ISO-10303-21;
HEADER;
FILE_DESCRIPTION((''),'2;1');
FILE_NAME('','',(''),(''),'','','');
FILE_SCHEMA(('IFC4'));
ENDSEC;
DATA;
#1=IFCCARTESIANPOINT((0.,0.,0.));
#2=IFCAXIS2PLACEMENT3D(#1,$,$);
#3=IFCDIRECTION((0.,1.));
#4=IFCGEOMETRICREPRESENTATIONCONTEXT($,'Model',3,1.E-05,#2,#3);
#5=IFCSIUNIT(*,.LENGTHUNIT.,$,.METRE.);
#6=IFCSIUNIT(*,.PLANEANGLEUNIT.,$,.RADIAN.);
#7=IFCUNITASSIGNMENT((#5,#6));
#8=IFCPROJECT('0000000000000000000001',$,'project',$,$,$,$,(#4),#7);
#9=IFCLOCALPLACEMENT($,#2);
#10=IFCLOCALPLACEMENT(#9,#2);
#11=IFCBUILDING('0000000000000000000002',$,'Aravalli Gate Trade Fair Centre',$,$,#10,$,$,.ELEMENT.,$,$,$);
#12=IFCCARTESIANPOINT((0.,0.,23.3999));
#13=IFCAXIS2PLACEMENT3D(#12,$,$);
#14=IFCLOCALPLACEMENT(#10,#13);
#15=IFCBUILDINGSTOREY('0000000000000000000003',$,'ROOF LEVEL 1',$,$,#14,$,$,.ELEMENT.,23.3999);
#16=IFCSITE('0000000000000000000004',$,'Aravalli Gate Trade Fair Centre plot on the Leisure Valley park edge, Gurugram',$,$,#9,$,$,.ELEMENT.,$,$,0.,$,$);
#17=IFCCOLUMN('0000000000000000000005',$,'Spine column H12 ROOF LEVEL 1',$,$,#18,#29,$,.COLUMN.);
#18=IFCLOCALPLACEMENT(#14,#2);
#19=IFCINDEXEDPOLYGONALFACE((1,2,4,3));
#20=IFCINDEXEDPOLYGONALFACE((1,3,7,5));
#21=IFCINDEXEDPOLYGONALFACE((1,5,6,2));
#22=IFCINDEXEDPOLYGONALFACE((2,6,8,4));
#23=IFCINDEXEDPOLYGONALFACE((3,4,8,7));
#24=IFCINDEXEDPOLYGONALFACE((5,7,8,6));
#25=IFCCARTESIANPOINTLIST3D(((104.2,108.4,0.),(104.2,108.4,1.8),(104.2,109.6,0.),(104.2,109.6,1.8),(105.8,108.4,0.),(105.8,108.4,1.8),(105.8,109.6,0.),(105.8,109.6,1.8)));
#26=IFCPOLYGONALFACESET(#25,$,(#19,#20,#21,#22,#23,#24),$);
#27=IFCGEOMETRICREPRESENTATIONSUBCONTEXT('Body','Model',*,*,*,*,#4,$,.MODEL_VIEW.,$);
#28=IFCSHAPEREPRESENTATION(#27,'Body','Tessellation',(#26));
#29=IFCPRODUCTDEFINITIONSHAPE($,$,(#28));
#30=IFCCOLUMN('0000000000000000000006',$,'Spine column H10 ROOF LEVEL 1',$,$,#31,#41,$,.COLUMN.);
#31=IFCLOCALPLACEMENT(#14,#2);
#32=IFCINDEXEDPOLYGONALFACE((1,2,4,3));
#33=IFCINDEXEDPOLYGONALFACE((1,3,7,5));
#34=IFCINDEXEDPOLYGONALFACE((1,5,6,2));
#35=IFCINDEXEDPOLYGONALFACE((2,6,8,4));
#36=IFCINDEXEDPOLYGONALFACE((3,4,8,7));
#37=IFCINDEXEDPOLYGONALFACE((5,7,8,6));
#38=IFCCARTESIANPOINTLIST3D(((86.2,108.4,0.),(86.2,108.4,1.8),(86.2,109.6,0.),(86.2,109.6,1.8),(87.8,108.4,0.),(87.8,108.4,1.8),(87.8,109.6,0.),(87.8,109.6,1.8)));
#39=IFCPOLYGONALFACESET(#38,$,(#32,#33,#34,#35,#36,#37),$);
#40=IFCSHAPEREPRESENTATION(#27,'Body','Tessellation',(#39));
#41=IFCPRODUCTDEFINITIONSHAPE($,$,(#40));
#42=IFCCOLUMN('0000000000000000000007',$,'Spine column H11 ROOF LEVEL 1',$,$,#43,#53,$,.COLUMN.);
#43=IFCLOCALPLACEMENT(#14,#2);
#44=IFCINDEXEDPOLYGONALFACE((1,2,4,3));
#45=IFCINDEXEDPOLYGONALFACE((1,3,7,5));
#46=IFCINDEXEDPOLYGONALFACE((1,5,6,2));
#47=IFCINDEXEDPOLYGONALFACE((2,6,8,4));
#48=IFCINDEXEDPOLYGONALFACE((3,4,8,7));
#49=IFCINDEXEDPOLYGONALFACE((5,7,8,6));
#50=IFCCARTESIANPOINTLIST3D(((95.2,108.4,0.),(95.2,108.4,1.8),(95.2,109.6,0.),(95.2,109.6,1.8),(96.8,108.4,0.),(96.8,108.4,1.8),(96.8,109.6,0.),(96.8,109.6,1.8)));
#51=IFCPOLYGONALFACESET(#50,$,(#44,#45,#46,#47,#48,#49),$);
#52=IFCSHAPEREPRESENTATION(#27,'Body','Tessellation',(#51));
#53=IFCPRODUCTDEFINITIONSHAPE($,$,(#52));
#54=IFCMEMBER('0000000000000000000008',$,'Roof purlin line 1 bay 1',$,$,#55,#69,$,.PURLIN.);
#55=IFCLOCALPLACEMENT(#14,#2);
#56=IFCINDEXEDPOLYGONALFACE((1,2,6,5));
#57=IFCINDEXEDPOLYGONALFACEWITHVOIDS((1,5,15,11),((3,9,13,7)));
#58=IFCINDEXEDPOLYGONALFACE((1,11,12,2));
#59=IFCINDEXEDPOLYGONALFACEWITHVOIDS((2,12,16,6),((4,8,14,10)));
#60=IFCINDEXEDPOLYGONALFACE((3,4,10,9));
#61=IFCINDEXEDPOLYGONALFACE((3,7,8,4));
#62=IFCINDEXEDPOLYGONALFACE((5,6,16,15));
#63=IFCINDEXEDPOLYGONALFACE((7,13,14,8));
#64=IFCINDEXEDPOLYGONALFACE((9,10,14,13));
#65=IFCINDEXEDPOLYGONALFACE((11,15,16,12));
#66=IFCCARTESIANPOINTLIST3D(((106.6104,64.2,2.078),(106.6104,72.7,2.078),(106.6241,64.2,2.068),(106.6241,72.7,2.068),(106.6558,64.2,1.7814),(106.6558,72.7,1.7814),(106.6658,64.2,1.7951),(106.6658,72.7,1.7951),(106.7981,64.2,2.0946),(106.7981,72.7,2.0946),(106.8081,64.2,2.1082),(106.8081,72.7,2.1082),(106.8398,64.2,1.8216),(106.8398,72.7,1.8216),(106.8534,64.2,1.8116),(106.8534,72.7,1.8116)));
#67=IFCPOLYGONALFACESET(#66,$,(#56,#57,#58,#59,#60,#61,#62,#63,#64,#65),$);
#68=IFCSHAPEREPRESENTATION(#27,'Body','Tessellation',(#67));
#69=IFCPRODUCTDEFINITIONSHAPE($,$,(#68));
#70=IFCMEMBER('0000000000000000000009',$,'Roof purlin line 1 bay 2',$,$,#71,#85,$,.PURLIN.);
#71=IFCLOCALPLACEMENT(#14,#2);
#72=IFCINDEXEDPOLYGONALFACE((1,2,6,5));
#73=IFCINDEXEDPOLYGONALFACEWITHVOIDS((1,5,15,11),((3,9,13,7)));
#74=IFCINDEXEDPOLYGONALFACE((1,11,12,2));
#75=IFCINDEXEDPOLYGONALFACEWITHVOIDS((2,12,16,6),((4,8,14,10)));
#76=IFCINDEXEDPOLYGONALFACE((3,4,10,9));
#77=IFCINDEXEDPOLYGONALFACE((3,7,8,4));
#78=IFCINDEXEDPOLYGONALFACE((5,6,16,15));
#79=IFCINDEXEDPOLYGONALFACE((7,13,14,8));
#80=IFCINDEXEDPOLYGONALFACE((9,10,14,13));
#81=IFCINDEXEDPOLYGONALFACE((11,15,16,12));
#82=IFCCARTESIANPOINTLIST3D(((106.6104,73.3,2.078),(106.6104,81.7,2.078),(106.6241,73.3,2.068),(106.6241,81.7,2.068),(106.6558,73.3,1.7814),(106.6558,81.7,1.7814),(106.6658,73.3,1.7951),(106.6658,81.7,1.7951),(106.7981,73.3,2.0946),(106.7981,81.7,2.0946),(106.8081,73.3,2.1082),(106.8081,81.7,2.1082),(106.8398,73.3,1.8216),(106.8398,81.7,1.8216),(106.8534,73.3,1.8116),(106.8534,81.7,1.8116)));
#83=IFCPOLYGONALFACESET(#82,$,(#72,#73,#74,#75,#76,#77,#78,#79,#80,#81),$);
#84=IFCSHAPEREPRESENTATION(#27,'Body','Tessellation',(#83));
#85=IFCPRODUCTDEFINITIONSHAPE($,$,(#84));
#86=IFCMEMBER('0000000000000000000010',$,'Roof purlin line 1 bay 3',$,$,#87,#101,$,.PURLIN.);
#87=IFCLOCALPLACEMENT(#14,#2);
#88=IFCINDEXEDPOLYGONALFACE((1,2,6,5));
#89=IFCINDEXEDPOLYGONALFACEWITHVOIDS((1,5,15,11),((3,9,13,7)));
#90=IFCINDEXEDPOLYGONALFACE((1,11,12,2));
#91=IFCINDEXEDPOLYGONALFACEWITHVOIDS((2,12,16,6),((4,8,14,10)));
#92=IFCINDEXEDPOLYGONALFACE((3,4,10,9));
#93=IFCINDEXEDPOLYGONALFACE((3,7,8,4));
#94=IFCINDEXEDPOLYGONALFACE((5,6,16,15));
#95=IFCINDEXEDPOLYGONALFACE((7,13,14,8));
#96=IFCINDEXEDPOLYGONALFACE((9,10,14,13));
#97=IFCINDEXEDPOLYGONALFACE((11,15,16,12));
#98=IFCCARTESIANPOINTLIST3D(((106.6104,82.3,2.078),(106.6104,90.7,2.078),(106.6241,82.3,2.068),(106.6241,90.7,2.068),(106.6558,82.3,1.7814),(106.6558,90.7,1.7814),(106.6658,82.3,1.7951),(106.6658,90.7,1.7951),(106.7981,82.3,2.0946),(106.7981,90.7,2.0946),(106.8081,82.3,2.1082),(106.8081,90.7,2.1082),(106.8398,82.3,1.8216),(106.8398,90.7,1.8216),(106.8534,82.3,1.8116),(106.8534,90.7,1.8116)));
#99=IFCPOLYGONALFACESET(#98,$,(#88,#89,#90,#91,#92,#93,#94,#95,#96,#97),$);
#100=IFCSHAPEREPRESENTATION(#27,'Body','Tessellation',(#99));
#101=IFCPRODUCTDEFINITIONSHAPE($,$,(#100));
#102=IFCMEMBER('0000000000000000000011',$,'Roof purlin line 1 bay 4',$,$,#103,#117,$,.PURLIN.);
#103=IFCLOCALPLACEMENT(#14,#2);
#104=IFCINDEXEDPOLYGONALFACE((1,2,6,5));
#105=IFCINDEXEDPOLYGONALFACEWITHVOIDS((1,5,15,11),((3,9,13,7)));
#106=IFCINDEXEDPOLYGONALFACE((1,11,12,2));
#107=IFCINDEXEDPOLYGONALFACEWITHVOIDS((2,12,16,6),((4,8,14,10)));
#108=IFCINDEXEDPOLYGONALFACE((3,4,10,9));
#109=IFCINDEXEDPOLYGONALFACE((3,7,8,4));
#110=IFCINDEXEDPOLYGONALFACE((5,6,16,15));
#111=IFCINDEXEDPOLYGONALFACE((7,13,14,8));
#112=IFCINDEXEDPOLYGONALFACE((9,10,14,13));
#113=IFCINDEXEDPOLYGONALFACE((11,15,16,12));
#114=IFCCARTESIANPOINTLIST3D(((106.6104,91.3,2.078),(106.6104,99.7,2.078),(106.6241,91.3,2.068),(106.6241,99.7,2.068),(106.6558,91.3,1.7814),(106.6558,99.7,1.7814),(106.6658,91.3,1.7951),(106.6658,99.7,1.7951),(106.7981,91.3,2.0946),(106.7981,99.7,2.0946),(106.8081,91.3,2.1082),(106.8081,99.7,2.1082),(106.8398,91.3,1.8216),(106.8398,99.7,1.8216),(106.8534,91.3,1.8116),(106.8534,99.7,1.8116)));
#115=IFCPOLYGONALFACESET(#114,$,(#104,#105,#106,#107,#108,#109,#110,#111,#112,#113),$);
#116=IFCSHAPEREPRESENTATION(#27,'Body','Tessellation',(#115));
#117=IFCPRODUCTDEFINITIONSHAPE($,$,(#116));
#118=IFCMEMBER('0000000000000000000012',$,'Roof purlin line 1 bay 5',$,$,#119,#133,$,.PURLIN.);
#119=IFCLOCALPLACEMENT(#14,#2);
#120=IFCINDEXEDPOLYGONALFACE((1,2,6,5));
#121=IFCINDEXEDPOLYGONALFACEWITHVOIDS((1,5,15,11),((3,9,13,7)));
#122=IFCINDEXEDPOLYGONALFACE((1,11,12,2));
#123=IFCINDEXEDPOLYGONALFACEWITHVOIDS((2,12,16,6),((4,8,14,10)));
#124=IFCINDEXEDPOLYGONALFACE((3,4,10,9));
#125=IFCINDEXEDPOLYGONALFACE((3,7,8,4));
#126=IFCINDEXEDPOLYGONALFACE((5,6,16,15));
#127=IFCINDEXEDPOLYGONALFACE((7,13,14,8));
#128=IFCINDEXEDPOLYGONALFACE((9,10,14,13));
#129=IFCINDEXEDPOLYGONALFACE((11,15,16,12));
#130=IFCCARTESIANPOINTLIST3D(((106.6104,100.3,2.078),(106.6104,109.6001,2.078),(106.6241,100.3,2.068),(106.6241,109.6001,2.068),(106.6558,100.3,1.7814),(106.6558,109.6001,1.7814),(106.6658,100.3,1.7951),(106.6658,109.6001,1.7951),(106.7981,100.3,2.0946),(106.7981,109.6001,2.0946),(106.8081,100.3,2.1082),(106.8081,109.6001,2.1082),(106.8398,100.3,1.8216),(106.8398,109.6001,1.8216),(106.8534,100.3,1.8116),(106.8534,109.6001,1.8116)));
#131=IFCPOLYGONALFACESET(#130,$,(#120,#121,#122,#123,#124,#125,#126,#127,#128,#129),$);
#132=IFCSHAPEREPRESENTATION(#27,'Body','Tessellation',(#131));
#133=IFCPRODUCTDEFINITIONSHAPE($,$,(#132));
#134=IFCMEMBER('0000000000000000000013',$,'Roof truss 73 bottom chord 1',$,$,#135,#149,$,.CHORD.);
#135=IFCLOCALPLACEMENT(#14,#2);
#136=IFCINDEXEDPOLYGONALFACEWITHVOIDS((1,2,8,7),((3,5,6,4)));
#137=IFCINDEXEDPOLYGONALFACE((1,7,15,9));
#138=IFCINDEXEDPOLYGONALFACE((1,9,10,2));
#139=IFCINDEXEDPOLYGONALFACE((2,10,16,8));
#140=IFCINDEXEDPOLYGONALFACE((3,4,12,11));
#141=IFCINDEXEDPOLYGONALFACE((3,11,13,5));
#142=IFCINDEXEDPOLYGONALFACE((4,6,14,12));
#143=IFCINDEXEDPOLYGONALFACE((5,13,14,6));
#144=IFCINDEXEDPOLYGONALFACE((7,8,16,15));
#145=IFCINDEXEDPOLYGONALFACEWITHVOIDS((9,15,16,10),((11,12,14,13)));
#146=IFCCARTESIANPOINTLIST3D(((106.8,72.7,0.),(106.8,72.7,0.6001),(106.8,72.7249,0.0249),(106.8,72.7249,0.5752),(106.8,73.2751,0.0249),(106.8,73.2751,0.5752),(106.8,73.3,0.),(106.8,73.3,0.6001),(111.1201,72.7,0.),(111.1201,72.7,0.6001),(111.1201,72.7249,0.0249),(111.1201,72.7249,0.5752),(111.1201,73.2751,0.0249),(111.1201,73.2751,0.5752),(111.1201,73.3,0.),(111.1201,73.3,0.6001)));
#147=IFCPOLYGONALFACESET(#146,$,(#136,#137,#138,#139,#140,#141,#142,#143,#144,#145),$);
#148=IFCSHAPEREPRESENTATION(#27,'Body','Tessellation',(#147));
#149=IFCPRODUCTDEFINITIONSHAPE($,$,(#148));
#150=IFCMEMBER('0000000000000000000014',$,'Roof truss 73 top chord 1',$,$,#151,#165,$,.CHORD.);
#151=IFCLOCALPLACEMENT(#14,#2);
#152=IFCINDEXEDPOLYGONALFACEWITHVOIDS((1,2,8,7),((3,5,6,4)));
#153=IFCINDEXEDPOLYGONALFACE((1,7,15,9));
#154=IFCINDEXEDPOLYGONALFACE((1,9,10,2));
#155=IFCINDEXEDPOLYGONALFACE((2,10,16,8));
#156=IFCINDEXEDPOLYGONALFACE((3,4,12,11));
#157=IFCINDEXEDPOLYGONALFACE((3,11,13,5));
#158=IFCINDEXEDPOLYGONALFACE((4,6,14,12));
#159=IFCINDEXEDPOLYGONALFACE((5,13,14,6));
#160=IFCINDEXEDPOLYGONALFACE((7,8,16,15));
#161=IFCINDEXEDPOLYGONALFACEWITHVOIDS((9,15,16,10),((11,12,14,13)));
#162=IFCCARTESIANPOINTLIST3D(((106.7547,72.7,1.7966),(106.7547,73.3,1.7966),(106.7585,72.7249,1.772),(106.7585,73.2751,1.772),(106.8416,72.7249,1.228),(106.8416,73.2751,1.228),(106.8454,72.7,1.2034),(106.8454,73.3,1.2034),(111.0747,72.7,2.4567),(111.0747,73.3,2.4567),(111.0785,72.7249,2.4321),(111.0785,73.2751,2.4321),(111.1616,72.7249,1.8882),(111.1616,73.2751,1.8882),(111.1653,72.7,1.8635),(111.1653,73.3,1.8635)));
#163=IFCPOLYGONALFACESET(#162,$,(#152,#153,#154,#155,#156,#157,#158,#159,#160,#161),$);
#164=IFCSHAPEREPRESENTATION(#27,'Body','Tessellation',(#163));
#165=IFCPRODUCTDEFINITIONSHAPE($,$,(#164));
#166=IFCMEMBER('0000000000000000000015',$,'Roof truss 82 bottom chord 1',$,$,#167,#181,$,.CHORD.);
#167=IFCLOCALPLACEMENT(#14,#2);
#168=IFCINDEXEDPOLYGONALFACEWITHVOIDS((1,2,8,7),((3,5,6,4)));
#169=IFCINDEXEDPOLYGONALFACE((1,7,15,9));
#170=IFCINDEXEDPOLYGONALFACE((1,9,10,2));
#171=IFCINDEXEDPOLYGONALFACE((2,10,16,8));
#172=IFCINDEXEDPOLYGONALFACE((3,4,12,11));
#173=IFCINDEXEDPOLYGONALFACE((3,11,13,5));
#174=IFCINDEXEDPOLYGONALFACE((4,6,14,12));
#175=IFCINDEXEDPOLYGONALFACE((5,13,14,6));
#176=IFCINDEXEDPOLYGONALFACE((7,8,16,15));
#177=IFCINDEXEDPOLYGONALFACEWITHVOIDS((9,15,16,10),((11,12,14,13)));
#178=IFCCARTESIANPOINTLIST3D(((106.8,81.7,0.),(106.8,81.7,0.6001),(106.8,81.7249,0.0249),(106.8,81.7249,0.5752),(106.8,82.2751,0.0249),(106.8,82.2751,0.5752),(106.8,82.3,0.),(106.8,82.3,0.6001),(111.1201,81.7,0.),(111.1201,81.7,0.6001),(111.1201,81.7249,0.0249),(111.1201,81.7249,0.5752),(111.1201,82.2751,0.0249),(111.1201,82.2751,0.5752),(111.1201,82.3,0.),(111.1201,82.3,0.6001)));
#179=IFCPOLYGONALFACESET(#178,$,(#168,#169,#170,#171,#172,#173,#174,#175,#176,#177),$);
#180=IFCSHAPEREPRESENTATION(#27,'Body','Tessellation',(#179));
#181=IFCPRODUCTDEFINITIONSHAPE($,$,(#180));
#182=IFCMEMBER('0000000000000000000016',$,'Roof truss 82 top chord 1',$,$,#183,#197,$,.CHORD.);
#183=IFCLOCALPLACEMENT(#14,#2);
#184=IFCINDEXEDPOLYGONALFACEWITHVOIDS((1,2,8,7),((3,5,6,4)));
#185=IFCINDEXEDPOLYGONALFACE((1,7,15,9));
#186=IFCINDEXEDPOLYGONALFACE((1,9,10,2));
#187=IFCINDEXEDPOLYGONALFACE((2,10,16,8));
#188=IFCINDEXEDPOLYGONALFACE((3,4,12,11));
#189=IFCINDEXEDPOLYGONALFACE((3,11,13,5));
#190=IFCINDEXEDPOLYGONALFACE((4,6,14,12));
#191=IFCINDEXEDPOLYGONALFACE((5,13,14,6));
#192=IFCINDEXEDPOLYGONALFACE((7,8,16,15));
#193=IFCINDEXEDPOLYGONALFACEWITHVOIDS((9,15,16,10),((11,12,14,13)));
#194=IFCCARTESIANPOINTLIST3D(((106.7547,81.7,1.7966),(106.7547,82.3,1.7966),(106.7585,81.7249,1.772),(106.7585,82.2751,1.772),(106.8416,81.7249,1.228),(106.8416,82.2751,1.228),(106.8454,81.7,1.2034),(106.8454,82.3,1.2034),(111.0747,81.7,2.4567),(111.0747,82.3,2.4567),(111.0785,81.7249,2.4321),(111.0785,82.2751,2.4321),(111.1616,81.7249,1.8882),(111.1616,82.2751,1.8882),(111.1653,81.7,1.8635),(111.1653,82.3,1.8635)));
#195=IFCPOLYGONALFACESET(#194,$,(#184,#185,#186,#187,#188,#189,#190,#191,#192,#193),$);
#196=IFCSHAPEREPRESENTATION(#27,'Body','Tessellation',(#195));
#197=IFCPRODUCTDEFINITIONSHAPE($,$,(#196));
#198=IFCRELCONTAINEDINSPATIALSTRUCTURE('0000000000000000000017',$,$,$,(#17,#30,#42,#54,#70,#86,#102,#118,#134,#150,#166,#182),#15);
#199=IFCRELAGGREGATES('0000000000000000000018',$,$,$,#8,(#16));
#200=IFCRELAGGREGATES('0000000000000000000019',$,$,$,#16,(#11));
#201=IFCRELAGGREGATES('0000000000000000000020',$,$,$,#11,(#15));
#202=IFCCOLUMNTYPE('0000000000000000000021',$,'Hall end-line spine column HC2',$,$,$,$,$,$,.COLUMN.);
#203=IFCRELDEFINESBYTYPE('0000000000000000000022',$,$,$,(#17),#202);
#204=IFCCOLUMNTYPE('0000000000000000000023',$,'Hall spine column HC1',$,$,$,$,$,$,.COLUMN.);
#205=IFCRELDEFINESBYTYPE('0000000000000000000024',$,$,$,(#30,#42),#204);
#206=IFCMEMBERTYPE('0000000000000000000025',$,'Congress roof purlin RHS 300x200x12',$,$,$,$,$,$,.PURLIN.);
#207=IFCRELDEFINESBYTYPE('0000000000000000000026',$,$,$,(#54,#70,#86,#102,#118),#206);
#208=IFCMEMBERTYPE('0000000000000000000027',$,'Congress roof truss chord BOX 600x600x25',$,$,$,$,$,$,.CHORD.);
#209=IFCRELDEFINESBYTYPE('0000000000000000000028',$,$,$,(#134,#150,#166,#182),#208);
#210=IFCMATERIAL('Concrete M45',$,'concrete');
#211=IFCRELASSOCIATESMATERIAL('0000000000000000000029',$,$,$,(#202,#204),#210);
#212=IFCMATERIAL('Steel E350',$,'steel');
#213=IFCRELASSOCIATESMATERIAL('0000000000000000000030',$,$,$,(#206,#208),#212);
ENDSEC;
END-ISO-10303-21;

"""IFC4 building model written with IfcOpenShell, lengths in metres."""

from ifc_helpers import new_model, si_unit, direction, frame, origin, origin_2d, place, context, subcontext, project, spatial, rectangle, hollow_rectangle, extrude, material, material_profile, profile_set, type_object, element, save


model = new_model("IFC4")

# Units and contexts
model_context = context("Model", 3, precision=1e-05, world=origin(), true_north=direction((0.0, 1.0)))
body_context = subcontext(model_context, "Body", "Model", "MODEL_VIEW")
ifc_project = project(units=[si_unit("LENGTHUNIT", "METRE"), si_unit("PLANEANGLEUNIT", "RADIAN")], contexts=[model_context])

# Site, building, storey
site_placement = place(None, origin())
site = spatial("IfcSite", under=ifc_project, at=site_placement, Name="Aravalli Gate Trade Fair Centre plot on the Leisure Valley park edge, Gurugram", CompositionType="ELEMENT", RefElevation=0.0)
building_placement = place(site_placement, origin())
building = spatial("IfcBuilding", under=site, at=building_placement, Name="Aravalli Gate Trade Fair Centre", CompositionType="ELEMENT")
storey_placement = place(building_placement, frame((0.0, 0.0, 23.3999)))
storey = spatial("IfcBuildingStorey", under=building, at=storey_placement, Name="ROOF LEVEL 1", CompositionType="ELEMENT", Elevation=23.3999)

# Columns
ifc_material_1 = material(Name="Concrete M45", Category="concrete")
ifc_material_profile_1 = material_profile(ifc_material_1, rectangle(XDim=1.6001, YDim=1.2, at=origin_2d()), Name="RC 1600x1200")
ifc_profile_set_1 = profile_set([ifc_material_profile_1], Name="Concrete M45")
column_type_1 = type_object("IfcColumnType", Name="Hall end-line spine column HC2", PredefinedType="COLUMN", material=ifc_profile_set_1)
column_placement = place(storey_placement, frame((105.0, 109.0, 0.0), z_axis=(0.0, 0.0, 1.0), x_axis=(1.0, 0.0, 0.0)))
element("IfcColumn", 1, at=column_placement, inside=storey, type_object=column_type_1, Name="Spine column H12 ROOF LEVEL 1", PredefinedType="COLUMN", context=body_context, shape_type="SweptSolid", body=[
    extrude(rectangle(XDim=1.6001, YDim=1.2, at=origin_2d()), origin(), (0.0, 0.0, 1.0), 1.8),
])
ifc_material_profile_2 = material_profile(ifc_material_1, rectangle(XDim=1.6001, YDim=1.2, at=origin_2d()), Name="RC 1600x1200")
ifc_profile_set_2 = profile_set([ifc_material_profile_2], Name="Concrete M45")
column_type_2 = type_object("IfcColumnType", Name="Hall spine column HC1", PredefinedType="COLUMN", material=ifc_profile_set_2)
for number, where, z_axis, x_axis, name in (
    (2, (87.0, 109.0, 0.0), (0.0, 0.0, 1.0), (1.0, 0.0, 0.0), "Spine column H10 ROOF LEVEL 1"),
    (3, (96.0, 109.0, 0.0), (0.0, 0.0, 1.0), (1.0, 0.0, 0.0), "Spine column H11 ROOF LEVEL 1"),
):
    element("IfcColumn", number, at=place(storey_placement, frame(where, z_axis=z_axis, x_axis=x_axis)), inside=storey, type_object=column_type_2, Name=name, PredefinedType="COLUMN", context=body_context, shape_type="SweptSolid", body=[
        extrude(rectangle(XDim=1.6001, YDim=1.2, at=origin_2d()), origin(), (0.0, 0.0, 1.0), 1.8),
    ])

# Members
ifc_material_2 = material(Name="Steel E350", Category="steel")
ifc_material_profile_3 = material_profile(ifc_material_2, hollow_rectangle(XDim=0.2, YDim=0.3, WallThickness=0.012, at=origin_2d()), Name="RHS 300x200x12")
ifc_profile_set_3 = profile_set([ifc_material_profile_3], Name="Steel E350")
member_type_1 = type_object("IfcMemberType", Name="Congress roof purlin RHS 300x200x12", PredefinedType="PURLIN", material=ifc_profile_set_3)
member_1_placement = place(storey_placement, frame((106.7319, 64.2, 1.9448), z_axis=(0.0, 1.0, 0.0), x_axis=(-0.98853, 0.0, -0.151026)))
element("IfcMember", 4, at=member_1_placement, inside=storey, type_object=member_type_1, Name="Roof purlin line 1 bay 1", PredefinedType="PURLIN", context=body_context, shape_type="SweptSolid", body=[
    extrude(hollow_rectangle(XDim=0.2, YDim=0.3, WallThickness=0.012, at=origin_2d()), origin(), (0.0, 0.0, 1.0), 8.5),
])
for number, where, z_axis, x_axis, name in (
    (5, (106.7319, 73.3, 1.9448), (0.0, 1.0, 0.0), (-0.98853, 0.0, -0.151026), "Roof purlin line 1 bay 2"),
    (6, (106.7319, 82.3, 1.9448), (0.0, 1.0, 0.0), (-0.98853, 0.0, -0.151026), "Roof purlin line 1 bay 3"),
    (7, (106.7319, 91.3, 1.9448), (0.0, 1.0, 0.0), (-0.98853, 0.0, -0.151026), "Roof purlin line 1 bay 4"),
):
    element("IfcMember", number, at=place(storey_placement, frame(where, z_axis=z_axis, x_axis=x_axis)), inside=storey, type_object=member_type_1, Name=name, PredefinedType="PURLIN", context=body_context, shape_type="SweptSolid", body=[
        extrude(hollow_rectangle(XDim=0.2, YDim=0.3, WallThickness=0.012, at=origin_2d()), origin(), (0.0, 0.0, 1.0), 8.3999),
    ])
member_2_placement = place(storey_placement, frame((106.7319, 100.3, 1.9448), z_axis=(0.0, 1.0, 0.0), x_axis=(-0.98853, 0.0, -0.151026)))
element("IfcMember", 8, at=member_2_placement, inside=storey, type_object=member_type_1, Name="Roof purlin line 1 bay 5", PredefinedType="PURLIN", context=body_context, shape_type="SweptSolid", body=[
    extrude(hollow_rectangle(XDim=0.2, YDim=0.3, WallThickness=0.012, at=origin_2d()), origin(), (0.0, 0.0, 1.0), 9.3),
])
ifc_material_profile_4 = material_profile(ifc_material_2, hollow_rectangle(XDim=0.6001, YDim=0.6001, WallThickness=0.0249, at=origin_2d()), Name="BOX 600x600x25")
ifc_profile_set_4 = profile_set([ifc_material_profile_4], Name="Steel E350")
member_type_2 = type_object("IfcMemberType", Name="Congress roof truss chord BOX 600x600x25", PredefinedType="CHORD", material=ifc_profile_set_4)
member_3_placement = place(storey_placement, frame((106.8, 73.0, 0.3), z_axis=(1.0, 0.0, 0.0), x_axis=(0.0, 1.0, 0.0)))
element("IfcMember", 9, at=member_3_placement, inside=storey, type_object=member_type_2, Name="Roof truss 73 bottom chord 1", PredefinedType="CHORD", context=body_context, shape_type="SweptSolid", body=[
    extrude(hollow_rectangle(XDim=0.6001, YDim=0.6001, WallThickness=0.0249, at=origin_2d()), origin(), (0.0, 0.0, 1.0), 4.3201),
])
member_4_placement = place(storey_placement, frame((106.8, 73.0, 1.5), z_axis=(0.988525, 0.0, 0.151058), x_axis=(0.0, 1.0, 0.0)))
element("IfcMember", 10, at=member_4_placement, inside=storey, type_object=member_type_2, Name="Roof truss 73 top chord 1", PredefinedType="CHORD", context=body_context, shape_type="SweptSolid", body=[
    extrude(hollow_rectangle(XDim=0.6001, YDim=0.6001, WallThickness=0.0249, at=origin_2d()), origin(), (0.0, 0.0, 1.0), 4.3701),
])
member_5_placement = place(storey_placement, frame((106.8, 82.0, 0.3), z_axis=(1.0, 0.0, 0.0), x_axis=(0.0, 1.0, 0.0)))
element("IfcMember", 11, at=member_5_placement, inside=storey, type_object=member_type_2, Name="Roof truss 82 bottom chord 1", PredefinedType="CHORD", context=body_context, shape_type="SweptSolid", body=[
    extrude(hollow_rectangle(XDim=0.6001, YDim=0.6001, WallThickness=0.0249, at=origin_2d()), origin(), (0.0, 0.0, 1.0), 4.3201),
])
member_6_placement = place(storey_placement, frame((106.8, 82.0, 1.5), z_axis=(0.988525, 0.0, 0.151058), x_axis=(0.0, 1.0, 0.0)))
element("IfcMember", 12, at=member_6_placement, inside=storey, type_object=member_type_2, Name="Roof truss 82 top chord 1", PredefinedType="CHORD", context=body_context, shape_type="SweptSolid", body=[
    extrude(hollow_rectangle(XDim=0.6001, YDim=0.6001, WallThickness=0.0249, at=origin_2d()), origin(), (0.0, 0.0, 1.0), 4.3701),
])

save(model, "model.ifc")
